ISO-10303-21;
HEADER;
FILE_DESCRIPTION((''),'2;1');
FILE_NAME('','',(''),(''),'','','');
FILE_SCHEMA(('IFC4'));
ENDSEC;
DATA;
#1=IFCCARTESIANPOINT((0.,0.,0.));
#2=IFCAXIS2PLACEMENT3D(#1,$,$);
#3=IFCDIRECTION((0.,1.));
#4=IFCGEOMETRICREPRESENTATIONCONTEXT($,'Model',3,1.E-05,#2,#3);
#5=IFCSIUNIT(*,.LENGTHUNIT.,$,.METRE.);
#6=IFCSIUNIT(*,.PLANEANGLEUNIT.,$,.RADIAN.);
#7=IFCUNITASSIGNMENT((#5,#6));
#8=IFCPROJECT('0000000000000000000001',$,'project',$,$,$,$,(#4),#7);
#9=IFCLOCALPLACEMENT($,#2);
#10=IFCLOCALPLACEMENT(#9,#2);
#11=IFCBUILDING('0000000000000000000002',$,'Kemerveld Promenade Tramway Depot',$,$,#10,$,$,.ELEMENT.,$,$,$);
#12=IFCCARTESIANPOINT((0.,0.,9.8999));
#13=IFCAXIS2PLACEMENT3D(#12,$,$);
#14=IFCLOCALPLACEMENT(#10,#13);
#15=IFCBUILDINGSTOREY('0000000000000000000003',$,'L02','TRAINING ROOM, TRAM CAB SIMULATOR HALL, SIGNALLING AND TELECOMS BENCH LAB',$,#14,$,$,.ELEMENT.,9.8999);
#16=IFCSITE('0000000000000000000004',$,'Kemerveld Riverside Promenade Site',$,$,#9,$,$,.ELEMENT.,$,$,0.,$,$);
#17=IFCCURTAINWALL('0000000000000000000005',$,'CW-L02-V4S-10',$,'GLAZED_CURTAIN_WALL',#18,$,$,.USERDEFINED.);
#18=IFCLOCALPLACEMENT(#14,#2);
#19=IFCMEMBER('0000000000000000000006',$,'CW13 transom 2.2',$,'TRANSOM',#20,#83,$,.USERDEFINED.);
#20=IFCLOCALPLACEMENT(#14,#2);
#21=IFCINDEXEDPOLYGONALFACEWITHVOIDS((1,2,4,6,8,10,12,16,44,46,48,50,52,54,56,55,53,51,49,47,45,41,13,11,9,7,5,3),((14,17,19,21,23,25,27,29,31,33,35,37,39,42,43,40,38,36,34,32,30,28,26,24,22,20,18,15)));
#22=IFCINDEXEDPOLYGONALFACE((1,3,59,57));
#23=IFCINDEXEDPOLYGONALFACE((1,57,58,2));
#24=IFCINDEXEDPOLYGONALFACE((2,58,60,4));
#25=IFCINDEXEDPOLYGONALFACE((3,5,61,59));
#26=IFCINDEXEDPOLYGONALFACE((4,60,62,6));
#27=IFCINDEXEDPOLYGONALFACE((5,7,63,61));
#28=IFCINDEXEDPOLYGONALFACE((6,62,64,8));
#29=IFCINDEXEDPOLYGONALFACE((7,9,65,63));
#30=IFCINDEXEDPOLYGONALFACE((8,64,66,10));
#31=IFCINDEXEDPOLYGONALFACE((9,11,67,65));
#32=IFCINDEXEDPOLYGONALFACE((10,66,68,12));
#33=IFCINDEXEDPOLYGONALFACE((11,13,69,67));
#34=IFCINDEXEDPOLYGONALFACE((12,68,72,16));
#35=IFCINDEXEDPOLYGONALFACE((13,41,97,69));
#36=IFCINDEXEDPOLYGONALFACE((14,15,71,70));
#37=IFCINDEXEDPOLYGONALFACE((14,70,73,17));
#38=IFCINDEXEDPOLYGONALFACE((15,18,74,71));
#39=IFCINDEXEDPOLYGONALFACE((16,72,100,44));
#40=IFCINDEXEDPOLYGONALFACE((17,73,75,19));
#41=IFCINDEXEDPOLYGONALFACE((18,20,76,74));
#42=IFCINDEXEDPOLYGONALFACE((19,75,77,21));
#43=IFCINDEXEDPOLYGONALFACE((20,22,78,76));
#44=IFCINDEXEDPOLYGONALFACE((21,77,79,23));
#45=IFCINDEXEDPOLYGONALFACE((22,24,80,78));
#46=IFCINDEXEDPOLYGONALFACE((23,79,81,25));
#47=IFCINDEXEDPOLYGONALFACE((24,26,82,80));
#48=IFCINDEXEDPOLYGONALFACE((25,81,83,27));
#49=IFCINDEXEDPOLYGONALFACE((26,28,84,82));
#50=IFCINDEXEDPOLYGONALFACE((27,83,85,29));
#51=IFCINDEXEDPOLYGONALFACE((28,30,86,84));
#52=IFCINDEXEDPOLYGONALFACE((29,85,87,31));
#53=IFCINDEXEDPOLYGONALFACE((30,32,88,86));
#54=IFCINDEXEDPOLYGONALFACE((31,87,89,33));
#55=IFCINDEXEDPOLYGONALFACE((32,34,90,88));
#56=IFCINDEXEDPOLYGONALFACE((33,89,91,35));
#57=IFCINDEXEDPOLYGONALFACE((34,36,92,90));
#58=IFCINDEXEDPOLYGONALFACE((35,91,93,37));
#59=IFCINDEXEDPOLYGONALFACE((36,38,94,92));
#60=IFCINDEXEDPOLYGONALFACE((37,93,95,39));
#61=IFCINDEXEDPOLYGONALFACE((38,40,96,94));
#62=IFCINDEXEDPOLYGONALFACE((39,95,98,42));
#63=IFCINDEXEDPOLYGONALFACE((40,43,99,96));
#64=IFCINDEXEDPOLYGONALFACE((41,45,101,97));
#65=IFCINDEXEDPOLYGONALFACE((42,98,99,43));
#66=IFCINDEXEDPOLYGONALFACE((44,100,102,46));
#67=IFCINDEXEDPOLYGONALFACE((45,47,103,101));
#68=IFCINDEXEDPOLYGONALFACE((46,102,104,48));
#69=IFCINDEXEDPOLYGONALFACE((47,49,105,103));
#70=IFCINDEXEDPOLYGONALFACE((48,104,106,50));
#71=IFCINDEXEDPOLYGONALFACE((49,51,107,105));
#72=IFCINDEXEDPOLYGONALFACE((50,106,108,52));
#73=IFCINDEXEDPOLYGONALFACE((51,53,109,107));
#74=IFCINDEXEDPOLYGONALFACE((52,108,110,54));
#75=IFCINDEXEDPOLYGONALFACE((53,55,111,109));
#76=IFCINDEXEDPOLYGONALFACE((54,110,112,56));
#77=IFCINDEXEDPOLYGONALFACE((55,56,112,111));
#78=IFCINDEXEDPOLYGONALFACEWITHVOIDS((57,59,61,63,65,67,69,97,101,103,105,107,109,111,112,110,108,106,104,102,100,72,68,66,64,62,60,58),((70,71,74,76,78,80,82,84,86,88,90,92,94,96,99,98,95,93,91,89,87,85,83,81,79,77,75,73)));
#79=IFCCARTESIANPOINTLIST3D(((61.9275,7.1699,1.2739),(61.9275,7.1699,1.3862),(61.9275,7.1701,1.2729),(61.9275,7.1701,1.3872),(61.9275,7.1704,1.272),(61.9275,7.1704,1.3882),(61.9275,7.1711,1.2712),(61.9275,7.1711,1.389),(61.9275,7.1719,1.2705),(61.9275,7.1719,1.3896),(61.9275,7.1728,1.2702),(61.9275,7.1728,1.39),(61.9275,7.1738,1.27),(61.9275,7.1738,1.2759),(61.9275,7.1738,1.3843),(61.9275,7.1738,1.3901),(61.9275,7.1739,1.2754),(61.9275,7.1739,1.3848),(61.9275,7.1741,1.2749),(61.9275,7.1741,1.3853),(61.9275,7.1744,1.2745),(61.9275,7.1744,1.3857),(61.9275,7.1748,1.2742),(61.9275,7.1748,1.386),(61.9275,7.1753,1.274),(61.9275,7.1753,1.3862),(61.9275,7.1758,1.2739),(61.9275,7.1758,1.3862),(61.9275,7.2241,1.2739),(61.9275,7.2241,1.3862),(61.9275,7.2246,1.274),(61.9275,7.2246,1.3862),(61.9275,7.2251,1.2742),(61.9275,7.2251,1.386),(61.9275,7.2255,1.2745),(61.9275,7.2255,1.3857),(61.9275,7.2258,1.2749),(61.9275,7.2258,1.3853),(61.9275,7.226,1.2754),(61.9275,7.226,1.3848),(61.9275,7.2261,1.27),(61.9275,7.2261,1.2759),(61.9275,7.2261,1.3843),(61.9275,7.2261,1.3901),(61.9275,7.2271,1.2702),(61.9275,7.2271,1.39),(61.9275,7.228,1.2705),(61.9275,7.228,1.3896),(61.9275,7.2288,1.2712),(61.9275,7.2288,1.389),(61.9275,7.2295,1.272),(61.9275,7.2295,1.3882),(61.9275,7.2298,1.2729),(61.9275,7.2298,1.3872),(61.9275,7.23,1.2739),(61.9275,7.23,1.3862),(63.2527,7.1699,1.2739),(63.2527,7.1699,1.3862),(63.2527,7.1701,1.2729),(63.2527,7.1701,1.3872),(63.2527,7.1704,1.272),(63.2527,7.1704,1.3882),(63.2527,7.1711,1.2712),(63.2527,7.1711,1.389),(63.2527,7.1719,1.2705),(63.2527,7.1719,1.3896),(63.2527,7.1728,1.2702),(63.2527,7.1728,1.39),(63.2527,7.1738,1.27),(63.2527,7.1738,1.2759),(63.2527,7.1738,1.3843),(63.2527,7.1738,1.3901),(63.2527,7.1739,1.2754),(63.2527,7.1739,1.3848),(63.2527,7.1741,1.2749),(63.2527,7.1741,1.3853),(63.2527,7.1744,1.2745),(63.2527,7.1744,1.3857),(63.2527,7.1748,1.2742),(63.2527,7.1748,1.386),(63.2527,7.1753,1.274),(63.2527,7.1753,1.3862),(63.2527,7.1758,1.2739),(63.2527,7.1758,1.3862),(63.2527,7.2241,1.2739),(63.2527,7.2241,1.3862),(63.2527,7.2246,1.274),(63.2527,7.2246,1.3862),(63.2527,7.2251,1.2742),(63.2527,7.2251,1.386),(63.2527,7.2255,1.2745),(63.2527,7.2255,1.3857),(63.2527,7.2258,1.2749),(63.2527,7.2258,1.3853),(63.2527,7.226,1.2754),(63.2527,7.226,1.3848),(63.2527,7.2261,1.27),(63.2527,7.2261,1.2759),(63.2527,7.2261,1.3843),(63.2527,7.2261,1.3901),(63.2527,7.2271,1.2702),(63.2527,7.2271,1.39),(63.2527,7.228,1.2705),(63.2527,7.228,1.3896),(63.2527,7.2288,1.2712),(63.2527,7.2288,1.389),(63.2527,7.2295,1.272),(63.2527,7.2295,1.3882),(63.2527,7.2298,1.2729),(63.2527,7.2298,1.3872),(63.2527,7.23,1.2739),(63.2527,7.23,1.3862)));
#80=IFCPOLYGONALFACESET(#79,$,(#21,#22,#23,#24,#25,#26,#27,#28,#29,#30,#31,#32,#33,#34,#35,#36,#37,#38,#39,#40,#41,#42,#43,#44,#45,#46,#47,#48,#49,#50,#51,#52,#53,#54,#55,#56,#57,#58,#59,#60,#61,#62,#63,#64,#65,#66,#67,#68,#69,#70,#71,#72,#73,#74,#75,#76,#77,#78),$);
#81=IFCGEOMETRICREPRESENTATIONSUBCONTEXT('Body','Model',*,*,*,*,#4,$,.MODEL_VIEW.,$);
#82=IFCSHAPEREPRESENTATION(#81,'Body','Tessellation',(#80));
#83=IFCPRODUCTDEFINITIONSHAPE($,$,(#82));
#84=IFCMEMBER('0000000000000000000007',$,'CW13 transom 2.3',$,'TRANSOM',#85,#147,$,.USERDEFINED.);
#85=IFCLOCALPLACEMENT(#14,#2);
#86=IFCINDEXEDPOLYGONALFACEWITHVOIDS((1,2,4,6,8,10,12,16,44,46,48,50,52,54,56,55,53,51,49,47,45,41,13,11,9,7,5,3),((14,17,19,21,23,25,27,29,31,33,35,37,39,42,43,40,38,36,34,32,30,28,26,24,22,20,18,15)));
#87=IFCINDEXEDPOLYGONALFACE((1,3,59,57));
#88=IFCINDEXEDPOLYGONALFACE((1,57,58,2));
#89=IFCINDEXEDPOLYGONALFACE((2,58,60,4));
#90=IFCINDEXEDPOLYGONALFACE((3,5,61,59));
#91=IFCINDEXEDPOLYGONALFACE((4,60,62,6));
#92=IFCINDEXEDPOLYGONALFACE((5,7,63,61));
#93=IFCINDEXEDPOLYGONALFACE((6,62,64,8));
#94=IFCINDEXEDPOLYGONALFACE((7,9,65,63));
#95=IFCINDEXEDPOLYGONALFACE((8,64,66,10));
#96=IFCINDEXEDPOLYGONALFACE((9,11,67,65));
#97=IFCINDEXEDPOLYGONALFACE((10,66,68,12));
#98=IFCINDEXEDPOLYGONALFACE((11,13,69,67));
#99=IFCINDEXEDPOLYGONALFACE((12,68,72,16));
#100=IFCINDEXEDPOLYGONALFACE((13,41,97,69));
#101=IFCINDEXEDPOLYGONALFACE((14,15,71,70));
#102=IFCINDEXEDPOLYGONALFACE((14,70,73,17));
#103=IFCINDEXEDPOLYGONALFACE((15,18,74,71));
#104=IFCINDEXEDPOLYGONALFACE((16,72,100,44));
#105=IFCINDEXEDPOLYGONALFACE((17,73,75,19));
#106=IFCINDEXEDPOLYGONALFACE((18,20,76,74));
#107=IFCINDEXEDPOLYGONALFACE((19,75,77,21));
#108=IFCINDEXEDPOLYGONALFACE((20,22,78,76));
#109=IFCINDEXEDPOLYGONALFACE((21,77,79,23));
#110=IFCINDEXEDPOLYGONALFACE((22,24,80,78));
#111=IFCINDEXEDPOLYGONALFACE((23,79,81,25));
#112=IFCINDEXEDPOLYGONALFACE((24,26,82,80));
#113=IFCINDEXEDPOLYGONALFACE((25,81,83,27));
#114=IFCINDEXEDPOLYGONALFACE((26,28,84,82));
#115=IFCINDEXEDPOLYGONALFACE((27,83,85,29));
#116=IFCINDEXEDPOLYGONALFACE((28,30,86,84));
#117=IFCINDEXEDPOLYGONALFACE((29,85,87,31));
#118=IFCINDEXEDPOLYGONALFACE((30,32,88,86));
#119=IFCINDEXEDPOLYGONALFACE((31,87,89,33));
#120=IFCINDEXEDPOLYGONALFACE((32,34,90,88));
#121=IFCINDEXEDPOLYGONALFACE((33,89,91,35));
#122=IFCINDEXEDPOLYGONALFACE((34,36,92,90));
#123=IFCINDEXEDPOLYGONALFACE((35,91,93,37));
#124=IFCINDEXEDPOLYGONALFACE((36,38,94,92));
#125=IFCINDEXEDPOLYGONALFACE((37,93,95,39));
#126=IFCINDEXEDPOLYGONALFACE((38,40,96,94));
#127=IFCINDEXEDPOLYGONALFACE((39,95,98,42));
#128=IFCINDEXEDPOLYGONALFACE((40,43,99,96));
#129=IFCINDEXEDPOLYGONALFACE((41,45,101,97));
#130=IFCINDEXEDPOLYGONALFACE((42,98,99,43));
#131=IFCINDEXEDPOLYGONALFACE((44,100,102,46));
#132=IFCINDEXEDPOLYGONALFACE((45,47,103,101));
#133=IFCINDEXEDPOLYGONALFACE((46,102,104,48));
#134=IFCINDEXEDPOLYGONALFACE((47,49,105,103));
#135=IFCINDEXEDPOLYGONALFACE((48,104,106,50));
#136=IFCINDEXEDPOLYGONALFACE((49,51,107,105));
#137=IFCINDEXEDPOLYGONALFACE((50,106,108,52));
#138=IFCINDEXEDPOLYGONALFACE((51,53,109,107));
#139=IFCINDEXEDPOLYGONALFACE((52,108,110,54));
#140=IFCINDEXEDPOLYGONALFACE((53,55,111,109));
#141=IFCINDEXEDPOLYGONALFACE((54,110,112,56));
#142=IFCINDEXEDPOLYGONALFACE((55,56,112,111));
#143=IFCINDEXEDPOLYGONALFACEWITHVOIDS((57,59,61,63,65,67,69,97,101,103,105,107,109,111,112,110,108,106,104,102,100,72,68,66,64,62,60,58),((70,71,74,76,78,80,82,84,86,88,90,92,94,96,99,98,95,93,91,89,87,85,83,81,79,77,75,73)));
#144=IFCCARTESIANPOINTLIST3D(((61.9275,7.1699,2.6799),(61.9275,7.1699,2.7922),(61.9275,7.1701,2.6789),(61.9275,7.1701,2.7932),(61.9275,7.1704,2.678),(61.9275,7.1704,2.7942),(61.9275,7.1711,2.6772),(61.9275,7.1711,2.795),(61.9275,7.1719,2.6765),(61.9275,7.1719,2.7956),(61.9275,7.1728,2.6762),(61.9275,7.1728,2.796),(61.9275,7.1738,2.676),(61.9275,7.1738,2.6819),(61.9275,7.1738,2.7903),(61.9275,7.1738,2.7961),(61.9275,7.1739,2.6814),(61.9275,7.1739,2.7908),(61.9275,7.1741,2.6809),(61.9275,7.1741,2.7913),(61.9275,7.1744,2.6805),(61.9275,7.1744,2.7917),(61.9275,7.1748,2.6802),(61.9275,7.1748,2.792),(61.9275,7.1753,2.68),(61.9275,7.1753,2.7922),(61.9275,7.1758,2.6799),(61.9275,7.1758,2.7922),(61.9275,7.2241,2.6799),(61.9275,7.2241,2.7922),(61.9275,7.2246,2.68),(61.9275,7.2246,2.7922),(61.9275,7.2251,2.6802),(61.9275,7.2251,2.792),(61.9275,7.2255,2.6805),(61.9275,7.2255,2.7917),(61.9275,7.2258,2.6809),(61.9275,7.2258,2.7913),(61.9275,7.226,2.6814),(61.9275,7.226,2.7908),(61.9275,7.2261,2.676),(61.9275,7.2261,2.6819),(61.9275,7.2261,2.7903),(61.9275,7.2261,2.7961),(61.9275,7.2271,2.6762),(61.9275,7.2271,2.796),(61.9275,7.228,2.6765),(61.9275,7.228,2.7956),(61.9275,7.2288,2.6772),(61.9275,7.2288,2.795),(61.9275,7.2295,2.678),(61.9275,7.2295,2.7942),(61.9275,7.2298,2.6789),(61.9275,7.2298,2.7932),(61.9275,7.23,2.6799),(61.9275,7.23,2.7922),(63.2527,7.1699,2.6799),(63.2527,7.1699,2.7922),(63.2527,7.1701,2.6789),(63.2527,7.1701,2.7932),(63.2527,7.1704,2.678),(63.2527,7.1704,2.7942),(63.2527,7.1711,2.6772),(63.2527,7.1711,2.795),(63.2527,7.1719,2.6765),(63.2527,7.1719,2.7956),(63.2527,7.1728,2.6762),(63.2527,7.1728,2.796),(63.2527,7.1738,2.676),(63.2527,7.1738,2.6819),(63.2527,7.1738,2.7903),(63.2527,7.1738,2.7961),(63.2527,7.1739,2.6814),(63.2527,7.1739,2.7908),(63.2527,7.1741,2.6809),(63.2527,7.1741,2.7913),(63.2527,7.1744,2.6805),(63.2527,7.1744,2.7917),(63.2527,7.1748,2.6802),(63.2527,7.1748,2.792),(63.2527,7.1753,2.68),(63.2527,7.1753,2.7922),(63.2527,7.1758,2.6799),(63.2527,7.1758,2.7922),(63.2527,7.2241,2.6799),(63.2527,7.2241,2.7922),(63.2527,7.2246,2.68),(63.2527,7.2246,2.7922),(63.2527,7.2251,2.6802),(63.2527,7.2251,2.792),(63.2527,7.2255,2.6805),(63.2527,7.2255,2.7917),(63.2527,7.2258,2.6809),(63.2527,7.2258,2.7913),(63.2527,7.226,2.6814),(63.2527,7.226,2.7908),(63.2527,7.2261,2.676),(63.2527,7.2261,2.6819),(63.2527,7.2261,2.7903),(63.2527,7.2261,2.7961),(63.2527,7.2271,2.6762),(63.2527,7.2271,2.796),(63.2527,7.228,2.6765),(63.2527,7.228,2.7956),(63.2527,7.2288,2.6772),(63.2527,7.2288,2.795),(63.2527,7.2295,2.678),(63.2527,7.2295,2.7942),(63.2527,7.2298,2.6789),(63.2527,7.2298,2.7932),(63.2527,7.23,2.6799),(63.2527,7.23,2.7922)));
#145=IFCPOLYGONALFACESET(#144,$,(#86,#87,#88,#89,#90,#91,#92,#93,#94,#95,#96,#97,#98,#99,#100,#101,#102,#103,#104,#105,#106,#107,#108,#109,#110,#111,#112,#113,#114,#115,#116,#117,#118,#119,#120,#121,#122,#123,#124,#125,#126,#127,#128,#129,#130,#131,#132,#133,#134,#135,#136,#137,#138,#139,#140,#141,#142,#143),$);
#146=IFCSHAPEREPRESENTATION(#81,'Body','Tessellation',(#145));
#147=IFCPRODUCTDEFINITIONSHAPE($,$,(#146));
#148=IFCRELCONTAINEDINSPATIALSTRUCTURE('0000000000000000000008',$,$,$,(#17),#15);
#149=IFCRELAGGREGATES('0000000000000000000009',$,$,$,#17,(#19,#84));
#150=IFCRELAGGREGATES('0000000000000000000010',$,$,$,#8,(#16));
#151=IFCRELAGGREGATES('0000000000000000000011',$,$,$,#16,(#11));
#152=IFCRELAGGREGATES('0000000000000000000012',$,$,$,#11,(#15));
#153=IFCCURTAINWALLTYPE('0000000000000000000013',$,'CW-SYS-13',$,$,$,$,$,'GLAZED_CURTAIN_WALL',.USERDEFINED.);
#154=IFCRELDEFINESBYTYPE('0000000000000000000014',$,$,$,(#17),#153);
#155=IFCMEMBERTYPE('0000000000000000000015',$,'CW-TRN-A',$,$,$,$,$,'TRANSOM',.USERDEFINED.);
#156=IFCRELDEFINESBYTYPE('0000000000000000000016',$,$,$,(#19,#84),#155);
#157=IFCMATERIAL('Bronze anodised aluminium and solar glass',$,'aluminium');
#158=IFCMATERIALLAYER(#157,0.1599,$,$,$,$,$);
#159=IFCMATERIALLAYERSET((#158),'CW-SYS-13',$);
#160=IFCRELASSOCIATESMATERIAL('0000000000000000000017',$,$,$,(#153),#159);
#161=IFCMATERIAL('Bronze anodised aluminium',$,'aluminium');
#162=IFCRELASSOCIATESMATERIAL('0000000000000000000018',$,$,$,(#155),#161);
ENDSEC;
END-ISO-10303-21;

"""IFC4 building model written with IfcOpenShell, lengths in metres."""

from ifc_helpers import new_model, si_unit, direction, frame, origin, origin_2d, place, context, subcontext, project, spatial, hollow_rectangle, extrude, material, layer, layer_set, material_profile, profile_set, type_object, element, aggregate, save


model = new_model("IFC4")

# Units and contexts
model_context = context("Model", 3, precision=1e-05, world=origin(), true_north=direction((0.0, 1.0)))
body_context = subcontext(model_context, "Body", "Model", "MODEL_VIEW")
ifc_project = project(units=[si_unit("LENGTHUNIT", "METRE"), si_unit("PLANEANGLEUNIT", "RADIAN")], contexts=[model_context])

# Site, building, storey
site_placement = place(None, origin())
site = spatial("IfcSite", under=ifc_project, at=site_placement, Name="Kemerveld Riverside Promenade Site", CompositionType="ELEMENT", RefElevation=0.0)
building_placement = place(site_placement, origin())
building = spatial("IfcBuilding", under=site, at=building_placement, Name="Kemerveld Promenade Tramway Depot", CompositionType="ELEMENT")
storey_placement = place(building_placement, frame((0.0, 0.0, 9.8999)))
storey = spatial("IfcBuildingStorey", under=building, at=storey_placement, Name="L02", Description="TRAINING ROOM, TRAM CAB SIMULATOR HALL, SIGNALLING AND TELECOMS BENCH LAB", CompositionType="ELEMENT", Elevation=9.8999)

# Curtain wall, members
ifc_material_1 = material(Name="Bronze anodised aluminium and solar glass", Category="aluminium")
ifc_layer_1 = layer(ifc_material_1, 0.1599)
ifc_layer_set_1 = layer_set([ifc_layer_1], Name="CW-SYS-13")
curtain_wall_type = type_object("IfcCurtainWallType", Name="CW-SYS-13", ElementType="GLAZED_CURTAIN_WALL", PredefinedType="USERDEFINED", material=ifc_layer_set_1)
curtain_wall_placement = place(storey_placement, origin())
curtain_wall = element("IfcCurtainWall", 1, at=curtain_wall_placement, inside=storey, type_object=curtain_wall_type, Name="CW-L02-V4S-10", ObjectType="GLAZED_CURTAIN_WALL", PredefinedType="USERDEFINED")
ifc_material_2 = material(Name="Bronze anodised aluminium", Category="aluminium")
ifc_material_profile_1 = material_profile(ifc_material_2, hollow_rectangle(XDim=0.0601, YDim=0.1201, WallThickness=0.0039, InnerFilletRadius=0.002, OuterFilletRadius=0.0039, at=origin_2d()), Name="CW-TRN-120x60")
ifc_profile_set_1 = profile_set([ifc_material_profile_1], Name="Bronze anodised aluminium")
member_type_1 = type_object("IfcMemberType", Name="CW-TRN-A", ElementType="TRANSOM", PredefinedType="USERDEFINED", material=ifc_profile_set_1)
member_1_placement = place(storey_placement, frame((63.2527, 7.2, 1.3301), z_axis=(-1.0, 0.0, 0.0), x_axis=(0.0, -1.0, 0.0)))
member_1 = element("IfcMember", 2, at=member_1_placement, type_object=member_type_1, Name="CW13 transom 2.2", ObjectType="TRANSOM", PredefinedType="USERDEFINED", context=body_context, shape_type="SweptSolid", body=[
    extrude(hollow_rectangle(XDim=0.0601, YDim=0.1201, WallThickness=0.0039, InnerFilletRadius=0.002, OuterFilletRadius=0.0039, at=origin_2d()), origin(), (0.0, 0.0, 1.0), 1.3252),
])
member_2_placement = place(storey_placement, frame((63.2527, 7.2, 2.7361), z_axis=(-1.0, 0.0, 0.0), x_axis=(0.0, -1.0, 0.0)))
member_2 = element("IfcMember", 3, at=member_2_placement, type_object=member_type_1, Name="CW13 transom 2.3", ObjectType="TRANSOM", PredefinedType="USERDEFINED", context=body_context, shape_type="SweptSolid", body=[
    extrude(hollow_rectangle(XDim=0.0601, YDim=0.1201, WallThickness=0.0039, InnerFilletRadius=0.002, OuterFilletRadius=0.0039, at=origin_2d()), origin(), (0.0, 0.0, 1.0), 1.3252),
])

aggregate(curtain_wall, [member_1, member_2])

save(model, "model.ifc")
